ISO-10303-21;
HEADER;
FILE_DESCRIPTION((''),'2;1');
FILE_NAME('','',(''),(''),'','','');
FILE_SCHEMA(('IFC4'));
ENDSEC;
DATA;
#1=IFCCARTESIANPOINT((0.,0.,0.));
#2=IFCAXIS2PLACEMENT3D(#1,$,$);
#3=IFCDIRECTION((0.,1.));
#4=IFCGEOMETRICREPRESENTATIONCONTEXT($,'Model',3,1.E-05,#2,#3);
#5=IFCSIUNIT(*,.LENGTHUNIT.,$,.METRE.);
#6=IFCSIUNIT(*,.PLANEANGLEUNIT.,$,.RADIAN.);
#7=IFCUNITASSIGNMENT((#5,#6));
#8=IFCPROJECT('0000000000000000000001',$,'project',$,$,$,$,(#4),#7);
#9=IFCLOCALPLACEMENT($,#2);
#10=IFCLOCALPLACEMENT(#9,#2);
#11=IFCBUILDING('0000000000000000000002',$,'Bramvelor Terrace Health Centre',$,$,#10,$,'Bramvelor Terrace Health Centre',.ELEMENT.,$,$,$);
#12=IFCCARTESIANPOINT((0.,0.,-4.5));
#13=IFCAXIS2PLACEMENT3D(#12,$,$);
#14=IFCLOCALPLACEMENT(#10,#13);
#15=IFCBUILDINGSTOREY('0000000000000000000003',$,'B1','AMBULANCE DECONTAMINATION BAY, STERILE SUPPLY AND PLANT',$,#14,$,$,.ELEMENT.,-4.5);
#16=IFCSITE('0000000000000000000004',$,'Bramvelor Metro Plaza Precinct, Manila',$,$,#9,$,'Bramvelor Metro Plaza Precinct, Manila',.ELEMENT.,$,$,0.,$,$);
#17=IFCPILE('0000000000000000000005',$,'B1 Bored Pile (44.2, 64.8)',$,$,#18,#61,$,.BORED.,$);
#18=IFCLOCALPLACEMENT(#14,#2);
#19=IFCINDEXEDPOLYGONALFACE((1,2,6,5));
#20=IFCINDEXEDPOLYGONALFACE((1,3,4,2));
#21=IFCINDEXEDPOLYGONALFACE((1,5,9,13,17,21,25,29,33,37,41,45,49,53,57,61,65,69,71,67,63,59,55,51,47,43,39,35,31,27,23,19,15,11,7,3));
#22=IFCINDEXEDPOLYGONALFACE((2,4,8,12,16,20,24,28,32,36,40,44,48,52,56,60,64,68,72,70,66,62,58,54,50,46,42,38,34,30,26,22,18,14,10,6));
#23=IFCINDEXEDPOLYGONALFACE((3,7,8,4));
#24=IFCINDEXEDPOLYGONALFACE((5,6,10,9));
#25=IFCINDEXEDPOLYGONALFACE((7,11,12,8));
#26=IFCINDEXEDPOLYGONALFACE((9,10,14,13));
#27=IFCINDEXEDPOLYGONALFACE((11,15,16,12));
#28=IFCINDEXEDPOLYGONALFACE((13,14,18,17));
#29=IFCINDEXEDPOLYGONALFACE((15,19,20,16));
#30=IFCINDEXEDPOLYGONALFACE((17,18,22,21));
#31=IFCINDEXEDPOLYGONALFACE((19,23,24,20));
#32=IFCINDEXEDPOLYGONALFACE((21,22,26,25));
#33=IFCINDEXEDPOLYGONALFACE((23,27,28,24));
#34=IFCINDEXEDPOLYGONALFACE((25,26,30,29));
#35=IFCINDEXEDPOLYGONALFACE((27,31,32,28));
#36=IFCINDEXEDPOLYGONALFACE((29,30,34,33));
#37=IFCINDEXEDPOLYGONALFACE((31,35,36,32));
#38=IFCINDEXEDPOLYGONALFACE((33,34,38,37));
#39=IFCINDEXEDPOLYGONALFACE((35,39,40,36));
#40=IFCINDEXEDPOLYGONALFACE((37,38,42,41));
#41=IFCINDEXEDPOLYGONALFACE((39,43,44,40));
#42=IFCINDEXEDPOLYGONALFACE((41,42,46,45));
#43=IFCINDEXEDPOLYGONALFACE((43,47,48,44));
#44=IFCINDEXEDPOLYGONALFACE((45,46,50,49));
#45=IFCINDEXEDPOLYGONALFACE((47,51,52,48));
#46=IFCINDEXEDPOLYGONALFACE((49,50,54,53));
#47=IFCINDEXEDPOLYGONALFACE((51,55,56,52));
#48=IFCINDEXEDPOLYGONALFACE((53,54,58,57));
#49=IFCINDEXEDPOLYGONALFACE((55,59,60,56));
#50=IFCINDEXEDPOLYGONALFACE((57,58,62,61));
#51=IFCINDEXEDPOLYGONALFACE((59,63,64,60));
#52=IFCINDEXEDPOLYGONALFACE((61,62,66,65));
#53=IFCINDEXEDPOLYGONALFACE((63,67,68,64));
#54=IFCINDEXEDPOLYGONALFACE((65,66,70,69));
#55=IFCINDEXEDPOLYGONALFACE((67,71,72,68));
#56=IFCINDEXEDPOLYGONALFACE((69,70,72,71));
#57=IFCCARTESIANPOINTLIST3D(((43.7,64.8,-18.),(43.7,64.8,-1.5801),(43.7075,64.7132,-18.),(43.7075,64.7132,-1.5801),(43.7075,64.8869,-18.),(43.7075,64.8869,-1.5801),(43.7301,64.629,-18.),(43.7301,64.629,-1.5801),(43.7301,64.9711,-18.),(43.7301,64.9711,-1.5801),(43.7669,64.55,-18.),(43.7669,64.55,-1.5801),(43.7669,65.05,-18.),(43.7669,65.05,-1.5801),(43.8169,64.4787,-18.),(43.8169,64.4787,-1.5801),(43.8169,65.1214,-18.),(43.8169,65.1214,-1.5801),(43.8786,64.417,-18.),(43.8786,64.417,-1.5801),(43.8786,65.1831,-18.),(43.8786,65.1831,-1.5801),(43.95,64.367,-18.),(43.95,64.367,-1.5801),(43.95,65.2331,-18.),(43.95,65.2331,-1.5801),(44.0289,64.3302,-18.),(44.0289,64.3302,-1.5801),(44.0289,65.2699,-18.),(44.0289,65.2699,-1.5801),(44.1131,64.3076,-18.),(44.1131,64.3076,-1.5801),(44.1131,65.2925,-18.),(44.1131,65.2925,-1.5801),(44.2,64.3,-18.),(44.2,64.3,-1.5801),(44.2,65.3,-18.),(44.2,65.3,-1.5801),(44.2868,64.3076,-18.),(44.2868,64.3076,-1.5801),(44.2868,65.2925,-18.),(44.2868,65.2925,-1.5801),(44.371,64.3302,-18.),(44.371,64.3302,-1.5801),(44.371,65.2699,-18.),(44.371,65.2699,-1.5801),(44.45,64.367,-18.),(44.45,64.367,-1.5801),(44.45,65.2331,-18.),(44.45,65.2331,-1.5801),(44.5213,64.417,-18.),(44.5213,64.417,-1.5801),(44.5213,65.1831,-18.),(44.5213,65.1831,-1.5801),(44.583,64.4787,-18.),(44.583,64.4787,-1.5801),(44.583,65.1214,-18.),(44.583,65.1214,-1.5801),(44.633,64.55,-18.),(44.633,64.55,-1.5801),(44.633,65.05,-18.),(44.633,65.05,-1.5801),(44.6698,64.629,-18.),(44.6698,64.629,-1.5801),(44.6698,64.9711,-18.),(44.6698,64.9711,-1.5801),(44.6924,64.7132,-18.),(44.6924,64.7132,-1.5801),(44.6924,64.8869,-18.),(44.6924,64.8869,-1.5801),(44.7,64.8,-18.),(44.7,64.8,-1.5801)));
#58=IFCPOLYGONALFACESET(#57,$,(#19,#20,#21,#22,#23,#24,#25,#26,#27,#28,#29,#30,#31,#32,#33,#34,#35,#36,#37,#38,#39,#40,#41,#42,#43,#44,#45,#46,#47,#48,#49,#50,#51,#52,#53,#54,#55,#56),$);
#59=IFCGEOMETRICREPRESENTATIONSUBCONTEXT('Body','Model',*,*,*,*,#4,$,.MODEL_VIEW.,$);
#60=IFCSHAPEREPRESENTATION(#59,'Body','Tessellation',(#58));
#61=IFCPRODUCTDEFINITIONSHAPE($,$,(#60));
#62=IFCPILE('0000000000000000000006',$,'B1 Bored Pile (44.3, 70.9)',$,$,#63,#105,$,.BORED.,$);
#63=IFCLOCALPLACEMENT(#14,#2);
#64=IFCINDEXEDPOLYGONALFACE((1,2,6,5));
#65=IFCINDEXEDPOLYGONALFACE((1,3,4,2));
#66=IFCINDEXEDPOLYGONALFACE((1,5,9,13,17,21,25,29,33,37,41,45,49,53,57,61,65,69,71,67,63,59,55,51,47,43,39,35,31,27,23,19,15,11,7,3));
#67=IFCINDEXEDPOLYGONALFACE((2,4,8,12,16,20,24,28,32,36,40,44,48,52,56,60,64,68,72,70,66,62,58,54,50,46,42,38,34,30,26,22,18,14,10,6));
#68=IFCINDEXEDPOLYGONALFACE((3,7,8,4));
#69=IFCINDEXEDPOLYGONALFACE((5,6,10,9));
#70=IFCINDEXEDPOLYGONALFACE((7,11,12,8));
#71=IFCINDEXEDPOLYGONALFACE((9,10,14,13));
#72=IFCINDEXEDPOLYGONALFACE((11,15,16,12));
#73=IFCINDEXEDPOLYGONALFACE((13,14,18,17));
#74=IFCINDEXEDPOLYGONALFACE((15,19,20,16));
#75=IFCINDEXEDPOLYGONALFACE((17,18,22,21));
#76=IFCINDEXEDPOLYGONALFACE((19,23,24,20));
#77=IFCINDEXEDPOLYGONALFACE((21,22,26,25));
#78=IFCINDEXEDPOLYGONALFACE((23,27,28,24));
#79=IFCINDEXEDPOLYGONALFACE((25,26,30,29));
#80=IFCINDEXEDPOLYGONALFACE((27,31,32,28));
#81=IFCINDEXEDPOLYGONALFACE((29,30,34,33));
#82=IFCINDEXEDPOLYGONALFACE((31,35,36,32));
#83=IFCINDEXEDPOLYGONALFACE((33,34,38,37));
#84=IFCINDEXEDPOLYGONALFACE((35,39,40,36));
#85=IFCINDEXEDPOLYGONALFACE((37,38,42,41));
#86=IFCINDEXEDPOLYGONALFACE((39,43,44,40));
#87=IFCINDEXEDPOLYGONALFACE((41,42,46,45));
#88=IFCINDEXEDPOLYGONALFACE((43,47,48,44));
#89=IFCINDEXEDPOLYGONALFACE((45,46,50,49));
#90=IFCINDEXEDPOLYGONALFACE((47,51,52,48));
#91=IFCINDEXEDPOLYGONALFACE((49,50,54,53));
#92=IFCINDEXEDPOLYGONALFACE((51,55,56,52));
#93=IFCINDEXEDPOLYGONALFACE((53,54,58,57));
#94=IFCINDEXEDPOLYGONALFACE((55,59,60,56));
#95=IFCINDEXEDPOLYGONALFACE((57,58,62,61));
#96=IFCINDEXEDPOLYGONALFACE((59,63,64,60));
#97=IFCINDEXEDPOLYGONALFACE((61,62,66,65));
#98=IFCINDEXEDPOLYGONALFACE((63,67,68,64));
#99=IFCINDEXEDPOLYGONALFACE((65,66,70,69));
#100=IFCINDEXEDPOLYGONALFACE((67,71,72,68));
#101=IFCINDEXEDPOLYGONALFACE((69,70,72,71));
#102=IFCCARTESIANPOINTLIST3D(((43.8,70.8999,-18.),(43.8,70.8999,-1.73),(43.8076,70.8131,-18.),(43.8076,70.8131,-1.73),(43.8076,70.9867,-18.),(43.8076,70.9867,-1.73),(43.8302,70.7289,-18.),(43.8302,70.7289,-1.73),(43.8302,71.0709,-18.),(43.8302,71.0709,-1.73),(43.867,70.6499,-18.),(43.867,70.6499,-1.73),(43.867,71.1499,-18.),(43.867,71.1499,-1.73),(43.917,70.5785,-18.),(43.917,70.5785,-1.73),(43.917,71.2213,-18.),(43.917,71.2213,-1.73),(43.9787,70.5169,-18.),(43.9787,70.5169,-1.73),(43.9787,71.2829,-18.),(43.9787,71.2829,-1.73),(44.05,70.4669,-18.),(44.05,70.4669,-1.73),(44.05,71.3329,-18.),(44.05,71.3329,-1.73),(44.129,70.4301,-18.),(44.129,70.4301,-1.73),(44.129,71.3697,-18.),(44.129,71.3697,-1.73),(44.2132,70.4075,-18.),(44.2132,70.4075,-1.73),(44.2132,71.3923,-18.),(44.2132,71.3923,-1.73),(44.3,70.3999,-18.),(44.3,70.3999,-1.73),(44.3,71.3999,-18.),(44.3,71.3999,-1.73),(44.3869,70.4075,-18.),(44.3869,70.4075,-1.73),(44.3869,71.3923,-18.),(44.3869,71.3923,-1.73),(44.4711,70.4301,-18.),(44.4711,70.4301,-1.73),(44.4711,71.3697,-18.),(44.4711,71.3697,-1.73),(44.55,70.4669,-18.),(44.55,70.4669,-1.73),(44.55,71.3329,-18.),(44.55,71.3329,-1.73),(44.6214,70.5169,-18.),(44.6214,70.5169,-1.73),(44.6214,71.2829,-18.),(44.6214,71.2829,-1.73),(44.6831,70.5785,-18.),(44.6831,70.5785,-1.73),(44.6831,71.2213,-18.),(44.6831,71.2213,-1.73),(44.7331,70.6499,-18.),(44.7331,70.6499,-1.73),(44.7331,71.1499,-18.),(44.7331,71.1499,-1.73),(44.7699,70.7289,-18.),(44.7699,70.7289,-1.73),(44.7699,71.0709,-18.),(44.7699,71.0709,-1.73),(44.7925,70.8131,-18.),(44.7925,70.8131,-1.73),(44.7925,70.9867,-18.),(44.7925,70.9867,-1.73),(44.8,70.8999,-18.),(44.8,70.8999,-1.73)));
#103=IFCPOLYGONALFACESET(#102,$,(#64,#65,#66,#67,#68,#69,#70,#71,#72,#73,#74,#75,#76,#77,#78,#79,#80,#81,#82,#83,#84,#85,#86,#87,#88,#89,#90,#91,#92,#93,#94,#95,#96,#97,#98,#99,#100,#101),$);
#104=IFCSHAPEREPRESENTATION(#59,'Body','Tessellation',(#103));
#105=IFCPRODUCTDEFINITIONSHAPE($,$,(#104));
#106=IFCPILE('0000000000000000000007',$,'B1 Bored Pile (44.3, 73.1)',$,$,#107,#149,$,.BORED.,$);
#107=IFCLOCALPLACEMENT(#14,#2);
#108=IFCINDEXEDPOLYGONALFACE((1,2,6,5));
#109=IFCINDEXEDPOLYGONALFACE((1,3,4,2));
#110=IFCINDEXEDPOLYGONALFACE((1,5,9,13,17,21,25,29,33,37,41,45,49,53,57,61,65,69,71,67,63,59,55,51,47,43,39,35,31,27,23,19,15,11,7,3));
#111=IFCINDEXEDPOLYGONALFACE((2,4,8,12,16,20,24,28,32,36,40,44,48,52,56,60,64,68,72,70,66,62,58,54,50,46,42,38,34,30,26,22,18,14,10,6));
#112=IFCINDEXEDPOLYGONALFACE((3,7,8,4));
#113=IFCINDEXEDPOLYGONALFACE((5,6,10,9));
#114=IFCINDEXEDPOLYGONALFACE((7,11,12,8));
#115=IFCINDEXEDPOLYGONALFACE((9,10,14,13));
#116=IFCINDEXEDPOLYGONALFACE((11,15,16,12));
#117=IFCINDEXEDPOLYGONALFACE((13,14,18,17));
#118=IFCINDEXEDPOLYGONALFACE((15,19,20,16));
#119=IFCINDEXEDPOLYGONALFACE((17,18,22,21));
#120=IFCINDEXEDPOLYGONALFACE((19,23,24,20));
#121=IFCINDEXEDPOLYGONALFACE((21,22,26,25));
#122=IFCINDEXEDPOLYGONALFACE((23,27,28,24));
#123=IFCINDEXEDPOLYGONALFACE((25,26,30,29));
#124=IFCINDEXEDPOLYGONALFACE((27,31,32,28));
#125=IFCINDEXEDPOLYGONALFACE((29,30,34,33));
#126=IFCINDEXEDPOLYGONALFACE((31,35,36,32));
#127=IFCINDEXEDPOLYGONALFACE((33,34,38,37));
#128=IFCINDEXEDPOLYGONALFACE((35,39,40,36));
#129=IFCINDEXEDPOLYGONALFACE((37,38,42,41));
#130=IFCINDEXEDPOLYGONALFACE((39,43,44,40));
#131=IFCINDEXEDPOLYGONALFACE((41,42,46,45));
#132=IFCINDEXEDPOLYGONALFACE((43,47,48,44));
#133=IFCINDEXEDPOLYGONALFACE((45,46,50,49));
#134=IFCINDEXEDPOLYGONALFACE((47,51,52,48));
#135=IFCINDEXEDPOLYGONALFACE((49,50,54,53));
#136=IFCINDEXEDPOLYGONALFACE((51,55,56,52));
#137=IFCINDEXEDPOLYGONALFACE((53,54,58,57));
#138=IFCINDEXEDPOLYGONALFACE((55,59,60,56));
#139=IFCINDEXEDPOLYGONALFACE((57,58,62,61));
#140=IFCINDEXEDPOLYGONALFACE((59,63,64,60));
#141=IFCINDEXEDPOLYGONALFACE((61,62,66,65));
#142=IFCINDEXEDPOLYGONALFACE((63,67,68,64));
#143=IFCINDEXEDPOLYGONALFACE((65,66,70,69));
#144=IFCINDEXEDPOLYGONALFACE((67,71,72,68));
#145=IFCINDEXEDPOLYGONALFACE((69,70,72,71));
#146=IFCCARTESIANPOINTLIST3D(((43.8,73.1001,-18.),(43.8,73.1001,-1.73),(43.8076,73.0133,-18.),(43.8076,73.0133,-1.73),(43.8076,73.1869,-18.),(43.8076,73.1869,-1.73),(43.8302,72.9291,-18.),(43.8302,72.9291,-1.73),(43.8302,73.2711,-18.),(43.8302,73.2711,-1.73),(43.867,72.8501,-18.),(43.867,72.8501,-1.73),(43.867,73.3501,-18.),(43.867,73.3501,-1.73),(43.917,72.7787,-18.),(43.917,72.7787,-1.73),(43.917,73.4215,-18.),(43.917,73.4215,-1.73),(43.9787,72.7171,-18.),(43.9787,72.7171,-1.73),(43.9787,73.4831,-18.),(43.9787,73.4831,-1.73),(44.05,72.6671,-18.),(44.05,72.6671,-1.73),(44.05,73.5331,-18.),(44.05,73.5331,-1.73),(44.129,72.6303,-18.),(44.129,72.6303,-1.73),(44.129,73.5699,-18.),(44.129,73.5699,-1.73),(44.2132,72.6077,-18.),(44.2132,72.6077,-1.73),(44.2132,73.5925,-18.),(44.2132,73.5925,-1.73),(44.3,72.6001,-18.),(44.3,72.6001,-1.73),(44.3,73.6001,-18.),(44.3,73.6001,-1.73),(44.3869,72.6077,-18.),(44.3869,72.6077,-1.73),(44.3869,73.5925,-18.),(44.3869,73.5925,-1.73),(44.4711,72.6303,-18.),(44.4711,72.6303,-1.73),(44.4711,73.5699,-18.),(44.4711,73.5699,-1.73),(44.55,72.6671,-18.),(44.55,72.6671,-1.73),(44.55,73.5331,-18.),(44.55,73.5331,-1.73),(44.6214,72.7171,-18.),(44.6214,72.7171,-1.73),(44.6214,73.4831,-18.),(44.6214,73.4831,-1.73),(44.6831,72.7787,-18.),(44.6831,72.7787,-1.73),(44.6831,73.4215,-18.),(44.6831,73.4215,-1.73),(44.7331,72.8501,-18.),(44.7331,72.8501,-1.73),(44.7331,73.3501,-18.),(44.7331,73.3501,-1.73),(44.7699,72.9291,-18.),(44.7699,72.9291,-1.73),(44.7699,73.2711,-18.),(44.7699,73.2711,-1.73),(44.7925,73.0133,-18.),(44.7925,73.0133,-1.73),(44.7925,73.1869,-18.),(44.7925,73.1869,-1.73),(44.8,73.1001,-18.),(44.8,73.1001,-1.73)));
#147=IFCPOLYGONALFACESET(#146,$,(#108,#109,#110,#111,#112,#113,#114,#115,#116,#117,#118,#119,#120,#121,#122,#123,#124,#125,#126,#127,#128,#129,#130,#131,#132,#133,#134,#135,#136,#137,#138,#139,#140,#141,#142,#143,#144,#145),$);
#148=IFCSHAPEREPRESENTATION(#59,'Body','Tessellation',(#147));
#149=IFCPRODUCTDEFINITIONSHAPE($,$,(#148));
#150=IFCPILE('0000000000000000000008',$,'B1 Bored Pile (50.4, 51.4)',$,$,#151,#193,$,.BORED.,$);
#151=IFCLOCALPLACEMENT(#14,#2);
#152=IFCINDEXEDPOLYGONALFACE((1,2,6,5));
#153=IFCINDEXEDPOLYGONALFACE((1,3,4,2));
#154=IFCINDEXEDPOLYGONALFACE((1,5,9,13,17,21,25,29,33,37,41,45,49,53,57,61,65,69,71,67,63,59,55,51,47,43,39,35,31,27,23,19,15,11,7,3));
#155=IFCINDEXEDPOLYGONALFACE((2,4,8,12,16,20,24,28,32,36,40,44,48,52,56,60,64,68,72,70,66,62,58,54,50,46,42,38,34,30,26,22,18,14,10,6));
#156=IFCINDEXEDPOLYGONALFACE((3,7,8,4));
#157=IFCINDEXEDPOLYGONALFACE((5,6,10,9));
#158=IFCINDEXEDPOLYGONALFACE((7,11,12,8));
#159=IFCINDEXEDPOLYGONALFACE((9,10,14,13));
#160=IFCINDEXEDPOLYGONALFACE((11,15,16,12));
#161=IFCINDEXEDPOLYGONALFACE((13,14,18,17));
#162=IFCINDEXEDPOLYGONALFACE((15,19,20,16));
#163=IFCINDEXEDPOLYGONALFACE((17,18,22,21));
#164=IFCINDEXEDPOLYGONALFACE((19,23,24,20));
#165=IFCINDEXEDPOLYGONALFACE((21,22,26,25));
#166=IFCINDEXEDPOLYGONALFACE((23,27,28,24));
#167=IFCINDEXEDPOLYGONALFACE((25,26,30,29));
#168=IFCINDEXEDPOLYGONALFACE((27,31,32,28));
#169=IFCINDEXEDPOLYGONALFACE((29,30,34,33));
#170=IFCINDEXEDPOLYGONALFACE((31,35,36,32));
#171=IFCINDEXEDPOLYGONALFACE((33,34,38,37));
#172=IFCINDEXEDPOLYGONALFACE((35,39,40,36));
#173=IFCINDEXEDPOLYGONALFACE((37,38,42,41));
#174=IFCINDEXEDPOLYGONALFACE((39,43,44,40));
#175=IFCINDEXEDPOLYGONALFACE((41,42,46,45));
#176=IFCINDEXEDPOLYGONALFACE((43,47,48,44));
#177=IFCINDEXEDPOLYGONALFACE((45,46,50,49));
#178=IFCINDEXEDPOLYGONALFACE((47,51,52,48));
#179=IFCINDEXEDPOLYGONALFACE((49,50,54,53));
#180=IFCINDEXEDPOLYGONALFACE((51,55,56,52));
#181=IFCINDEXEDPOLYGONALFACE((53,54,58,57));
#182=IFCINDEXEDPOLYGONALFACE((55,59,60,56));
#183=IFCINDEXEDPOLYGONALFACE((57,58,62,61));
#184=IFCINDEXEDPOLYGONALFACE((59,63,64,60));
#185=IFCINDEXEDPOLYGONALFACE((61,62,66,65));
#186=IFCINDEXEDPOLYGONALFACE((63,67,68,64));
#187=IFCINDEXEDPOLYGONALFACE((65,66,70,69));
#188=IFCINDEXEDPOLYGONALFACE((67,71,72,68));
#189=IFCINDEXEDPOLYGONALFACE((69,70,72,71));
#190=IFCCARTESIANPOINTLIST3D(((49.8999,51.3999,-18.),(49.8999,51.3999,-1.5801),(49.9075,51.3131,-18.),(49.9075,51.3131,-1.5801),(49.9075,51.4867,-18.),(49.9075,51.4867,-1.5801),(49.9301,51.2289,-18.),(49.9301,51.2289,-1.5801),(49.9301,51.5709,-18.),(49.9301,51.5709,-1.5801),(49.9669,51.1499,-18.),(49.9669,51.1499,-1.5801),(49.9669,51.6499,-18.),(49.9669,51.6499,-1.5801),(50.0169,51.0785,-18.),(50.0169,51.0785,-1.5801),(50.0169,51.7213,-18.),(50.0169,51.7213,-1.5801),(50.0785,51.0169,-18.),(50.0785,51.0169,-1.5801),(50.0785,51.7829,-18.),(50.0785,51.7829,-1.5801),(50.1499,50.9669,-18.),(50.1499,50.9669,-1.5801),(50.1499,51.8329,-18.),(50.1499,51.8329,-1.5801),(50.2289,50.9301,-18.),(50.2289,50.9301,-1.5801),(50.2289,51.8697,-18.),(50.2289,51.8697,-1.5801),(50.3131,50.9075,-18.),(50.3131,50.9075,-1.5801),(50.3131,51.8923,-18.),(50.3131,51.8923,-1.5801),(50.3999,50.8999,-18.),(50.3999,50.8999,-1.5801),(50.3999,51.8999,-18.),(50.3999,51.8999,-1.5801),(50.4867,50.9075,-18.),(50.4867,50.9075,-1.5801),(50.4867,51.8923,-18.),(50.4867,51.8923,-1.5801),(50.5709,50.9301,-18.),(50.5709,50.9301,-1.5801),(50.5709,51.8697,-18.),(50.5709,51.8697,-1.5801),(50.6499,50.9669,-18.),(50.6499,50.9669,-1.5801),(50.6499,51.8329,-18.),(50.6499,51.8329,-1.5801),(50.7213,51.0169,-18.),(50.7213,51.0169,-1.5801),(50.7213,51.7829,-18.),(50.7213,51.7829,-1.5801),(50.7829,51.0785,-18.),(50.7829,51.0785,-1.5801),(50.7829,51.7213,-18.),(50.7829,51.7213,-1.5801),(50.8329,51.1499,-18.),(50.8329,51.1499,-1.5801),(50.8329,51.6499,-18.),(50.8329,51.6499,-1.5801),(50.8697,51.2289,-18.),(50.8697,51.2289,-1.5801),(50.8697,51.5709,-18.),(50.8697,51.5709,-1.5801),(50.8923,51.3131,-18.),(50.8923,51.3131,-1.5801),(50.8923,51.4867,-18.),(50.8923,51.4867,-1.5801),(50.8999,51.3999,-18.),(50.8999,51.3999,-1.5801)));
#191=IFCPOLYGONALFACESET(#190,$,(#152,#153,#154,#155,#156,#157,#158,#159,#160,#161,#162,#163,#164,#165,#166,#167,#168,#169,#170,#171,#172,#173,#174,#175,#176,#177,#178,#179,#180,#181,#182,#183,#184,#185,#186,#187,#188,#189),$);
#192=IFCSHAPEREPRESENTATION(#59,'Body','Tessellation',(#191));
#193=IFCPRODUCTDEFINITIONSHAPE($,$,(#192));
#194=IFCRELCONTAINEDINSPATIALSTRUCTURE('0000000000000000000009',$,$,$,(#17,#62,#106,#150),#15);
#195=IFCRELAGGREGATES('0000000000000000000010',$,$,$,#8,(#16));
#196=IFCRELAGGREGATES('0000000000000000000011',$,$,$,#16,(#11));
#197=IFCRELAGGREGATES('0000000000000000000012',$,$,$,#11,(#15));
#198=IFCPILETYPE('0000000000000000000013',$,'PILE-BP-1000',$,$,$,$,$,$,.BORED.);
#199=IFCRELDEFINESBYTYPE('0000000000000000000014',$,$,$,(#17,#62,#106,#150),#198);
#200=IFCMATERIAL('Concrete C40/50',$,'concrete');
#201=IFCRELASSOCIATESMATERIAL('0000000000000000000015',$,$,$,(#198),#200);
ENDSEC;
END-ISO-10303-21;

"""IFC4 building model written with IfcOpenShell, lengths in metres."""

from ifc_helpers import new_model, si_unit, direction, frame, origin, origin_2d, place, context, subcontext, project, spatial, circle, extrude, material, material_profile, profile_set, type_object, element, save


model = new_model("IFC4")

# Units and contexts
model_context = context("Model", 3, precision=1e-05, world=origin(), true_north=direction((0.0, 1.0)))
body_context = subcontext(model_context, "Body", "Model", "MODEL_VIEW")
ifc_project = project(units=[si_unit("LENGTHUNIT", "METRE"), si_unit("PLANEANGLEUNIT", "RADIAN")], contexts=[model_context])

# Site, building, storey
site_placement = place(None, origin())
site = spatial("IfcSite", under=ifc_project, at=site_placement, Name="Bramvelor Metro Plaza Precinct, Manila", LongName="Bramvelor Metro Plaza Precinct, Manila", CompositionType="ELEMENT", RefElevation=0.0)
building_placement = place(site_placement, origin())
building = spatial("IfcBuilding", under=site, at=building_placement, Name="Bramvelor Terrace Health Centre", LongName="Bramvelor Terrace Health Centre", CompositionType="ELEMENT")
storey_placement = place(building_placement, frame((0.0, 0.0, -4.5)))
storey = spatial("IfcBuildingStorey", under=building, at=storey_placement, Name="B1", Description="AMBULANCE DECONTAMINATION BAY, STERILE SUPPLY AND PLANT", CompositionType="ELEMENT", Elevation=-4.5)

# Piles
ifc_material_1 = material(Name="Concrete C40/50", Category="concrete")
ifc_material_profile_1 = material_profile(ifc_material_1, circle(Radius=0.5, at=origin_2d()), Name="BP D1000")
ifc_profile_set_1 = profile_set([ifc_material_profile_1], Name="Concrete C40/50")
pile_type = type_object("IfcPileType", Name="PILE-BP-1000", PredefinedType="BORED", material=ifc_profile_set_1)
for number, where, z_axis, x_axis, name in (
    (1, (44.2, 64.8, -1.5801), (0.0, 0.0, -1.0), (1.0, 0.0, 0.0), "B1 Bored Pile (44.2, 64.8)"),
):
    element("IfcPile", number, at=place(storey_placement, frame(where, z_axis=z_axis, x_axis=x_axis)), inside=storey, type_object=pile_type, Name=name, PredefinedType="BORED", context=body_context, shape_type="SweptSolid", body=[
        extrude(circle(Radius=0.5, at=origin_2d()), origin(), (0.0, 0.0, 1.0), 16.4199),
    ])
for number, where, z_axis, x_axis, name in (
    (2, (44.3, 70.8999, -1.73), (0.0, 0.0, -1.0), (1.0, 0.0, 0.0), "B1 Bored Pile (44.3, 70.9)"),
    (3, (44.3, 73.1001, -1.73), (0.0, 0.0, -1.0), (1.0, 0.0, 0.0), "B1 Bored Pile (44.3, 73.1)"),
):
    element("IfcPile", number, at=place(storey_placement, frame(where, z_axis=z_axis, x_axis=x_axis)), inside=storey, type_object=pile_type, Name=name, PredefinedType="BORED", context=body_context, shape_type="SweptSolid", body=[
        extrude(circle(Radius=0.5, at=origin_2d()), origin(), (0.0, 0.0, 1.0), 16.27),
    ])
for number, where, z_axis, x_axis, name in (
    (4, (50.3999, 51.3999, -1.5801), (0.0, 0.0, -1.0), (1.0, 0.0, 0.0), "B1 Bored Pile (50.4, 51.4)"),
):
    element("IfcPile", number, at=place(storey_placement, frame(where, z_axis=z_axis, x_axis=x_axis)), inside=storey, type_object=pile_type, Name=name, PredefinedType="BORED", context=body_context, shape_type="SweptSolid", body=[
        extrude(circle(Radius=0.5, at=origin_2d()), origin(), (0.0, 0.0, 1.0), 16.4199),
    ])

save(model, "model.ifc")
